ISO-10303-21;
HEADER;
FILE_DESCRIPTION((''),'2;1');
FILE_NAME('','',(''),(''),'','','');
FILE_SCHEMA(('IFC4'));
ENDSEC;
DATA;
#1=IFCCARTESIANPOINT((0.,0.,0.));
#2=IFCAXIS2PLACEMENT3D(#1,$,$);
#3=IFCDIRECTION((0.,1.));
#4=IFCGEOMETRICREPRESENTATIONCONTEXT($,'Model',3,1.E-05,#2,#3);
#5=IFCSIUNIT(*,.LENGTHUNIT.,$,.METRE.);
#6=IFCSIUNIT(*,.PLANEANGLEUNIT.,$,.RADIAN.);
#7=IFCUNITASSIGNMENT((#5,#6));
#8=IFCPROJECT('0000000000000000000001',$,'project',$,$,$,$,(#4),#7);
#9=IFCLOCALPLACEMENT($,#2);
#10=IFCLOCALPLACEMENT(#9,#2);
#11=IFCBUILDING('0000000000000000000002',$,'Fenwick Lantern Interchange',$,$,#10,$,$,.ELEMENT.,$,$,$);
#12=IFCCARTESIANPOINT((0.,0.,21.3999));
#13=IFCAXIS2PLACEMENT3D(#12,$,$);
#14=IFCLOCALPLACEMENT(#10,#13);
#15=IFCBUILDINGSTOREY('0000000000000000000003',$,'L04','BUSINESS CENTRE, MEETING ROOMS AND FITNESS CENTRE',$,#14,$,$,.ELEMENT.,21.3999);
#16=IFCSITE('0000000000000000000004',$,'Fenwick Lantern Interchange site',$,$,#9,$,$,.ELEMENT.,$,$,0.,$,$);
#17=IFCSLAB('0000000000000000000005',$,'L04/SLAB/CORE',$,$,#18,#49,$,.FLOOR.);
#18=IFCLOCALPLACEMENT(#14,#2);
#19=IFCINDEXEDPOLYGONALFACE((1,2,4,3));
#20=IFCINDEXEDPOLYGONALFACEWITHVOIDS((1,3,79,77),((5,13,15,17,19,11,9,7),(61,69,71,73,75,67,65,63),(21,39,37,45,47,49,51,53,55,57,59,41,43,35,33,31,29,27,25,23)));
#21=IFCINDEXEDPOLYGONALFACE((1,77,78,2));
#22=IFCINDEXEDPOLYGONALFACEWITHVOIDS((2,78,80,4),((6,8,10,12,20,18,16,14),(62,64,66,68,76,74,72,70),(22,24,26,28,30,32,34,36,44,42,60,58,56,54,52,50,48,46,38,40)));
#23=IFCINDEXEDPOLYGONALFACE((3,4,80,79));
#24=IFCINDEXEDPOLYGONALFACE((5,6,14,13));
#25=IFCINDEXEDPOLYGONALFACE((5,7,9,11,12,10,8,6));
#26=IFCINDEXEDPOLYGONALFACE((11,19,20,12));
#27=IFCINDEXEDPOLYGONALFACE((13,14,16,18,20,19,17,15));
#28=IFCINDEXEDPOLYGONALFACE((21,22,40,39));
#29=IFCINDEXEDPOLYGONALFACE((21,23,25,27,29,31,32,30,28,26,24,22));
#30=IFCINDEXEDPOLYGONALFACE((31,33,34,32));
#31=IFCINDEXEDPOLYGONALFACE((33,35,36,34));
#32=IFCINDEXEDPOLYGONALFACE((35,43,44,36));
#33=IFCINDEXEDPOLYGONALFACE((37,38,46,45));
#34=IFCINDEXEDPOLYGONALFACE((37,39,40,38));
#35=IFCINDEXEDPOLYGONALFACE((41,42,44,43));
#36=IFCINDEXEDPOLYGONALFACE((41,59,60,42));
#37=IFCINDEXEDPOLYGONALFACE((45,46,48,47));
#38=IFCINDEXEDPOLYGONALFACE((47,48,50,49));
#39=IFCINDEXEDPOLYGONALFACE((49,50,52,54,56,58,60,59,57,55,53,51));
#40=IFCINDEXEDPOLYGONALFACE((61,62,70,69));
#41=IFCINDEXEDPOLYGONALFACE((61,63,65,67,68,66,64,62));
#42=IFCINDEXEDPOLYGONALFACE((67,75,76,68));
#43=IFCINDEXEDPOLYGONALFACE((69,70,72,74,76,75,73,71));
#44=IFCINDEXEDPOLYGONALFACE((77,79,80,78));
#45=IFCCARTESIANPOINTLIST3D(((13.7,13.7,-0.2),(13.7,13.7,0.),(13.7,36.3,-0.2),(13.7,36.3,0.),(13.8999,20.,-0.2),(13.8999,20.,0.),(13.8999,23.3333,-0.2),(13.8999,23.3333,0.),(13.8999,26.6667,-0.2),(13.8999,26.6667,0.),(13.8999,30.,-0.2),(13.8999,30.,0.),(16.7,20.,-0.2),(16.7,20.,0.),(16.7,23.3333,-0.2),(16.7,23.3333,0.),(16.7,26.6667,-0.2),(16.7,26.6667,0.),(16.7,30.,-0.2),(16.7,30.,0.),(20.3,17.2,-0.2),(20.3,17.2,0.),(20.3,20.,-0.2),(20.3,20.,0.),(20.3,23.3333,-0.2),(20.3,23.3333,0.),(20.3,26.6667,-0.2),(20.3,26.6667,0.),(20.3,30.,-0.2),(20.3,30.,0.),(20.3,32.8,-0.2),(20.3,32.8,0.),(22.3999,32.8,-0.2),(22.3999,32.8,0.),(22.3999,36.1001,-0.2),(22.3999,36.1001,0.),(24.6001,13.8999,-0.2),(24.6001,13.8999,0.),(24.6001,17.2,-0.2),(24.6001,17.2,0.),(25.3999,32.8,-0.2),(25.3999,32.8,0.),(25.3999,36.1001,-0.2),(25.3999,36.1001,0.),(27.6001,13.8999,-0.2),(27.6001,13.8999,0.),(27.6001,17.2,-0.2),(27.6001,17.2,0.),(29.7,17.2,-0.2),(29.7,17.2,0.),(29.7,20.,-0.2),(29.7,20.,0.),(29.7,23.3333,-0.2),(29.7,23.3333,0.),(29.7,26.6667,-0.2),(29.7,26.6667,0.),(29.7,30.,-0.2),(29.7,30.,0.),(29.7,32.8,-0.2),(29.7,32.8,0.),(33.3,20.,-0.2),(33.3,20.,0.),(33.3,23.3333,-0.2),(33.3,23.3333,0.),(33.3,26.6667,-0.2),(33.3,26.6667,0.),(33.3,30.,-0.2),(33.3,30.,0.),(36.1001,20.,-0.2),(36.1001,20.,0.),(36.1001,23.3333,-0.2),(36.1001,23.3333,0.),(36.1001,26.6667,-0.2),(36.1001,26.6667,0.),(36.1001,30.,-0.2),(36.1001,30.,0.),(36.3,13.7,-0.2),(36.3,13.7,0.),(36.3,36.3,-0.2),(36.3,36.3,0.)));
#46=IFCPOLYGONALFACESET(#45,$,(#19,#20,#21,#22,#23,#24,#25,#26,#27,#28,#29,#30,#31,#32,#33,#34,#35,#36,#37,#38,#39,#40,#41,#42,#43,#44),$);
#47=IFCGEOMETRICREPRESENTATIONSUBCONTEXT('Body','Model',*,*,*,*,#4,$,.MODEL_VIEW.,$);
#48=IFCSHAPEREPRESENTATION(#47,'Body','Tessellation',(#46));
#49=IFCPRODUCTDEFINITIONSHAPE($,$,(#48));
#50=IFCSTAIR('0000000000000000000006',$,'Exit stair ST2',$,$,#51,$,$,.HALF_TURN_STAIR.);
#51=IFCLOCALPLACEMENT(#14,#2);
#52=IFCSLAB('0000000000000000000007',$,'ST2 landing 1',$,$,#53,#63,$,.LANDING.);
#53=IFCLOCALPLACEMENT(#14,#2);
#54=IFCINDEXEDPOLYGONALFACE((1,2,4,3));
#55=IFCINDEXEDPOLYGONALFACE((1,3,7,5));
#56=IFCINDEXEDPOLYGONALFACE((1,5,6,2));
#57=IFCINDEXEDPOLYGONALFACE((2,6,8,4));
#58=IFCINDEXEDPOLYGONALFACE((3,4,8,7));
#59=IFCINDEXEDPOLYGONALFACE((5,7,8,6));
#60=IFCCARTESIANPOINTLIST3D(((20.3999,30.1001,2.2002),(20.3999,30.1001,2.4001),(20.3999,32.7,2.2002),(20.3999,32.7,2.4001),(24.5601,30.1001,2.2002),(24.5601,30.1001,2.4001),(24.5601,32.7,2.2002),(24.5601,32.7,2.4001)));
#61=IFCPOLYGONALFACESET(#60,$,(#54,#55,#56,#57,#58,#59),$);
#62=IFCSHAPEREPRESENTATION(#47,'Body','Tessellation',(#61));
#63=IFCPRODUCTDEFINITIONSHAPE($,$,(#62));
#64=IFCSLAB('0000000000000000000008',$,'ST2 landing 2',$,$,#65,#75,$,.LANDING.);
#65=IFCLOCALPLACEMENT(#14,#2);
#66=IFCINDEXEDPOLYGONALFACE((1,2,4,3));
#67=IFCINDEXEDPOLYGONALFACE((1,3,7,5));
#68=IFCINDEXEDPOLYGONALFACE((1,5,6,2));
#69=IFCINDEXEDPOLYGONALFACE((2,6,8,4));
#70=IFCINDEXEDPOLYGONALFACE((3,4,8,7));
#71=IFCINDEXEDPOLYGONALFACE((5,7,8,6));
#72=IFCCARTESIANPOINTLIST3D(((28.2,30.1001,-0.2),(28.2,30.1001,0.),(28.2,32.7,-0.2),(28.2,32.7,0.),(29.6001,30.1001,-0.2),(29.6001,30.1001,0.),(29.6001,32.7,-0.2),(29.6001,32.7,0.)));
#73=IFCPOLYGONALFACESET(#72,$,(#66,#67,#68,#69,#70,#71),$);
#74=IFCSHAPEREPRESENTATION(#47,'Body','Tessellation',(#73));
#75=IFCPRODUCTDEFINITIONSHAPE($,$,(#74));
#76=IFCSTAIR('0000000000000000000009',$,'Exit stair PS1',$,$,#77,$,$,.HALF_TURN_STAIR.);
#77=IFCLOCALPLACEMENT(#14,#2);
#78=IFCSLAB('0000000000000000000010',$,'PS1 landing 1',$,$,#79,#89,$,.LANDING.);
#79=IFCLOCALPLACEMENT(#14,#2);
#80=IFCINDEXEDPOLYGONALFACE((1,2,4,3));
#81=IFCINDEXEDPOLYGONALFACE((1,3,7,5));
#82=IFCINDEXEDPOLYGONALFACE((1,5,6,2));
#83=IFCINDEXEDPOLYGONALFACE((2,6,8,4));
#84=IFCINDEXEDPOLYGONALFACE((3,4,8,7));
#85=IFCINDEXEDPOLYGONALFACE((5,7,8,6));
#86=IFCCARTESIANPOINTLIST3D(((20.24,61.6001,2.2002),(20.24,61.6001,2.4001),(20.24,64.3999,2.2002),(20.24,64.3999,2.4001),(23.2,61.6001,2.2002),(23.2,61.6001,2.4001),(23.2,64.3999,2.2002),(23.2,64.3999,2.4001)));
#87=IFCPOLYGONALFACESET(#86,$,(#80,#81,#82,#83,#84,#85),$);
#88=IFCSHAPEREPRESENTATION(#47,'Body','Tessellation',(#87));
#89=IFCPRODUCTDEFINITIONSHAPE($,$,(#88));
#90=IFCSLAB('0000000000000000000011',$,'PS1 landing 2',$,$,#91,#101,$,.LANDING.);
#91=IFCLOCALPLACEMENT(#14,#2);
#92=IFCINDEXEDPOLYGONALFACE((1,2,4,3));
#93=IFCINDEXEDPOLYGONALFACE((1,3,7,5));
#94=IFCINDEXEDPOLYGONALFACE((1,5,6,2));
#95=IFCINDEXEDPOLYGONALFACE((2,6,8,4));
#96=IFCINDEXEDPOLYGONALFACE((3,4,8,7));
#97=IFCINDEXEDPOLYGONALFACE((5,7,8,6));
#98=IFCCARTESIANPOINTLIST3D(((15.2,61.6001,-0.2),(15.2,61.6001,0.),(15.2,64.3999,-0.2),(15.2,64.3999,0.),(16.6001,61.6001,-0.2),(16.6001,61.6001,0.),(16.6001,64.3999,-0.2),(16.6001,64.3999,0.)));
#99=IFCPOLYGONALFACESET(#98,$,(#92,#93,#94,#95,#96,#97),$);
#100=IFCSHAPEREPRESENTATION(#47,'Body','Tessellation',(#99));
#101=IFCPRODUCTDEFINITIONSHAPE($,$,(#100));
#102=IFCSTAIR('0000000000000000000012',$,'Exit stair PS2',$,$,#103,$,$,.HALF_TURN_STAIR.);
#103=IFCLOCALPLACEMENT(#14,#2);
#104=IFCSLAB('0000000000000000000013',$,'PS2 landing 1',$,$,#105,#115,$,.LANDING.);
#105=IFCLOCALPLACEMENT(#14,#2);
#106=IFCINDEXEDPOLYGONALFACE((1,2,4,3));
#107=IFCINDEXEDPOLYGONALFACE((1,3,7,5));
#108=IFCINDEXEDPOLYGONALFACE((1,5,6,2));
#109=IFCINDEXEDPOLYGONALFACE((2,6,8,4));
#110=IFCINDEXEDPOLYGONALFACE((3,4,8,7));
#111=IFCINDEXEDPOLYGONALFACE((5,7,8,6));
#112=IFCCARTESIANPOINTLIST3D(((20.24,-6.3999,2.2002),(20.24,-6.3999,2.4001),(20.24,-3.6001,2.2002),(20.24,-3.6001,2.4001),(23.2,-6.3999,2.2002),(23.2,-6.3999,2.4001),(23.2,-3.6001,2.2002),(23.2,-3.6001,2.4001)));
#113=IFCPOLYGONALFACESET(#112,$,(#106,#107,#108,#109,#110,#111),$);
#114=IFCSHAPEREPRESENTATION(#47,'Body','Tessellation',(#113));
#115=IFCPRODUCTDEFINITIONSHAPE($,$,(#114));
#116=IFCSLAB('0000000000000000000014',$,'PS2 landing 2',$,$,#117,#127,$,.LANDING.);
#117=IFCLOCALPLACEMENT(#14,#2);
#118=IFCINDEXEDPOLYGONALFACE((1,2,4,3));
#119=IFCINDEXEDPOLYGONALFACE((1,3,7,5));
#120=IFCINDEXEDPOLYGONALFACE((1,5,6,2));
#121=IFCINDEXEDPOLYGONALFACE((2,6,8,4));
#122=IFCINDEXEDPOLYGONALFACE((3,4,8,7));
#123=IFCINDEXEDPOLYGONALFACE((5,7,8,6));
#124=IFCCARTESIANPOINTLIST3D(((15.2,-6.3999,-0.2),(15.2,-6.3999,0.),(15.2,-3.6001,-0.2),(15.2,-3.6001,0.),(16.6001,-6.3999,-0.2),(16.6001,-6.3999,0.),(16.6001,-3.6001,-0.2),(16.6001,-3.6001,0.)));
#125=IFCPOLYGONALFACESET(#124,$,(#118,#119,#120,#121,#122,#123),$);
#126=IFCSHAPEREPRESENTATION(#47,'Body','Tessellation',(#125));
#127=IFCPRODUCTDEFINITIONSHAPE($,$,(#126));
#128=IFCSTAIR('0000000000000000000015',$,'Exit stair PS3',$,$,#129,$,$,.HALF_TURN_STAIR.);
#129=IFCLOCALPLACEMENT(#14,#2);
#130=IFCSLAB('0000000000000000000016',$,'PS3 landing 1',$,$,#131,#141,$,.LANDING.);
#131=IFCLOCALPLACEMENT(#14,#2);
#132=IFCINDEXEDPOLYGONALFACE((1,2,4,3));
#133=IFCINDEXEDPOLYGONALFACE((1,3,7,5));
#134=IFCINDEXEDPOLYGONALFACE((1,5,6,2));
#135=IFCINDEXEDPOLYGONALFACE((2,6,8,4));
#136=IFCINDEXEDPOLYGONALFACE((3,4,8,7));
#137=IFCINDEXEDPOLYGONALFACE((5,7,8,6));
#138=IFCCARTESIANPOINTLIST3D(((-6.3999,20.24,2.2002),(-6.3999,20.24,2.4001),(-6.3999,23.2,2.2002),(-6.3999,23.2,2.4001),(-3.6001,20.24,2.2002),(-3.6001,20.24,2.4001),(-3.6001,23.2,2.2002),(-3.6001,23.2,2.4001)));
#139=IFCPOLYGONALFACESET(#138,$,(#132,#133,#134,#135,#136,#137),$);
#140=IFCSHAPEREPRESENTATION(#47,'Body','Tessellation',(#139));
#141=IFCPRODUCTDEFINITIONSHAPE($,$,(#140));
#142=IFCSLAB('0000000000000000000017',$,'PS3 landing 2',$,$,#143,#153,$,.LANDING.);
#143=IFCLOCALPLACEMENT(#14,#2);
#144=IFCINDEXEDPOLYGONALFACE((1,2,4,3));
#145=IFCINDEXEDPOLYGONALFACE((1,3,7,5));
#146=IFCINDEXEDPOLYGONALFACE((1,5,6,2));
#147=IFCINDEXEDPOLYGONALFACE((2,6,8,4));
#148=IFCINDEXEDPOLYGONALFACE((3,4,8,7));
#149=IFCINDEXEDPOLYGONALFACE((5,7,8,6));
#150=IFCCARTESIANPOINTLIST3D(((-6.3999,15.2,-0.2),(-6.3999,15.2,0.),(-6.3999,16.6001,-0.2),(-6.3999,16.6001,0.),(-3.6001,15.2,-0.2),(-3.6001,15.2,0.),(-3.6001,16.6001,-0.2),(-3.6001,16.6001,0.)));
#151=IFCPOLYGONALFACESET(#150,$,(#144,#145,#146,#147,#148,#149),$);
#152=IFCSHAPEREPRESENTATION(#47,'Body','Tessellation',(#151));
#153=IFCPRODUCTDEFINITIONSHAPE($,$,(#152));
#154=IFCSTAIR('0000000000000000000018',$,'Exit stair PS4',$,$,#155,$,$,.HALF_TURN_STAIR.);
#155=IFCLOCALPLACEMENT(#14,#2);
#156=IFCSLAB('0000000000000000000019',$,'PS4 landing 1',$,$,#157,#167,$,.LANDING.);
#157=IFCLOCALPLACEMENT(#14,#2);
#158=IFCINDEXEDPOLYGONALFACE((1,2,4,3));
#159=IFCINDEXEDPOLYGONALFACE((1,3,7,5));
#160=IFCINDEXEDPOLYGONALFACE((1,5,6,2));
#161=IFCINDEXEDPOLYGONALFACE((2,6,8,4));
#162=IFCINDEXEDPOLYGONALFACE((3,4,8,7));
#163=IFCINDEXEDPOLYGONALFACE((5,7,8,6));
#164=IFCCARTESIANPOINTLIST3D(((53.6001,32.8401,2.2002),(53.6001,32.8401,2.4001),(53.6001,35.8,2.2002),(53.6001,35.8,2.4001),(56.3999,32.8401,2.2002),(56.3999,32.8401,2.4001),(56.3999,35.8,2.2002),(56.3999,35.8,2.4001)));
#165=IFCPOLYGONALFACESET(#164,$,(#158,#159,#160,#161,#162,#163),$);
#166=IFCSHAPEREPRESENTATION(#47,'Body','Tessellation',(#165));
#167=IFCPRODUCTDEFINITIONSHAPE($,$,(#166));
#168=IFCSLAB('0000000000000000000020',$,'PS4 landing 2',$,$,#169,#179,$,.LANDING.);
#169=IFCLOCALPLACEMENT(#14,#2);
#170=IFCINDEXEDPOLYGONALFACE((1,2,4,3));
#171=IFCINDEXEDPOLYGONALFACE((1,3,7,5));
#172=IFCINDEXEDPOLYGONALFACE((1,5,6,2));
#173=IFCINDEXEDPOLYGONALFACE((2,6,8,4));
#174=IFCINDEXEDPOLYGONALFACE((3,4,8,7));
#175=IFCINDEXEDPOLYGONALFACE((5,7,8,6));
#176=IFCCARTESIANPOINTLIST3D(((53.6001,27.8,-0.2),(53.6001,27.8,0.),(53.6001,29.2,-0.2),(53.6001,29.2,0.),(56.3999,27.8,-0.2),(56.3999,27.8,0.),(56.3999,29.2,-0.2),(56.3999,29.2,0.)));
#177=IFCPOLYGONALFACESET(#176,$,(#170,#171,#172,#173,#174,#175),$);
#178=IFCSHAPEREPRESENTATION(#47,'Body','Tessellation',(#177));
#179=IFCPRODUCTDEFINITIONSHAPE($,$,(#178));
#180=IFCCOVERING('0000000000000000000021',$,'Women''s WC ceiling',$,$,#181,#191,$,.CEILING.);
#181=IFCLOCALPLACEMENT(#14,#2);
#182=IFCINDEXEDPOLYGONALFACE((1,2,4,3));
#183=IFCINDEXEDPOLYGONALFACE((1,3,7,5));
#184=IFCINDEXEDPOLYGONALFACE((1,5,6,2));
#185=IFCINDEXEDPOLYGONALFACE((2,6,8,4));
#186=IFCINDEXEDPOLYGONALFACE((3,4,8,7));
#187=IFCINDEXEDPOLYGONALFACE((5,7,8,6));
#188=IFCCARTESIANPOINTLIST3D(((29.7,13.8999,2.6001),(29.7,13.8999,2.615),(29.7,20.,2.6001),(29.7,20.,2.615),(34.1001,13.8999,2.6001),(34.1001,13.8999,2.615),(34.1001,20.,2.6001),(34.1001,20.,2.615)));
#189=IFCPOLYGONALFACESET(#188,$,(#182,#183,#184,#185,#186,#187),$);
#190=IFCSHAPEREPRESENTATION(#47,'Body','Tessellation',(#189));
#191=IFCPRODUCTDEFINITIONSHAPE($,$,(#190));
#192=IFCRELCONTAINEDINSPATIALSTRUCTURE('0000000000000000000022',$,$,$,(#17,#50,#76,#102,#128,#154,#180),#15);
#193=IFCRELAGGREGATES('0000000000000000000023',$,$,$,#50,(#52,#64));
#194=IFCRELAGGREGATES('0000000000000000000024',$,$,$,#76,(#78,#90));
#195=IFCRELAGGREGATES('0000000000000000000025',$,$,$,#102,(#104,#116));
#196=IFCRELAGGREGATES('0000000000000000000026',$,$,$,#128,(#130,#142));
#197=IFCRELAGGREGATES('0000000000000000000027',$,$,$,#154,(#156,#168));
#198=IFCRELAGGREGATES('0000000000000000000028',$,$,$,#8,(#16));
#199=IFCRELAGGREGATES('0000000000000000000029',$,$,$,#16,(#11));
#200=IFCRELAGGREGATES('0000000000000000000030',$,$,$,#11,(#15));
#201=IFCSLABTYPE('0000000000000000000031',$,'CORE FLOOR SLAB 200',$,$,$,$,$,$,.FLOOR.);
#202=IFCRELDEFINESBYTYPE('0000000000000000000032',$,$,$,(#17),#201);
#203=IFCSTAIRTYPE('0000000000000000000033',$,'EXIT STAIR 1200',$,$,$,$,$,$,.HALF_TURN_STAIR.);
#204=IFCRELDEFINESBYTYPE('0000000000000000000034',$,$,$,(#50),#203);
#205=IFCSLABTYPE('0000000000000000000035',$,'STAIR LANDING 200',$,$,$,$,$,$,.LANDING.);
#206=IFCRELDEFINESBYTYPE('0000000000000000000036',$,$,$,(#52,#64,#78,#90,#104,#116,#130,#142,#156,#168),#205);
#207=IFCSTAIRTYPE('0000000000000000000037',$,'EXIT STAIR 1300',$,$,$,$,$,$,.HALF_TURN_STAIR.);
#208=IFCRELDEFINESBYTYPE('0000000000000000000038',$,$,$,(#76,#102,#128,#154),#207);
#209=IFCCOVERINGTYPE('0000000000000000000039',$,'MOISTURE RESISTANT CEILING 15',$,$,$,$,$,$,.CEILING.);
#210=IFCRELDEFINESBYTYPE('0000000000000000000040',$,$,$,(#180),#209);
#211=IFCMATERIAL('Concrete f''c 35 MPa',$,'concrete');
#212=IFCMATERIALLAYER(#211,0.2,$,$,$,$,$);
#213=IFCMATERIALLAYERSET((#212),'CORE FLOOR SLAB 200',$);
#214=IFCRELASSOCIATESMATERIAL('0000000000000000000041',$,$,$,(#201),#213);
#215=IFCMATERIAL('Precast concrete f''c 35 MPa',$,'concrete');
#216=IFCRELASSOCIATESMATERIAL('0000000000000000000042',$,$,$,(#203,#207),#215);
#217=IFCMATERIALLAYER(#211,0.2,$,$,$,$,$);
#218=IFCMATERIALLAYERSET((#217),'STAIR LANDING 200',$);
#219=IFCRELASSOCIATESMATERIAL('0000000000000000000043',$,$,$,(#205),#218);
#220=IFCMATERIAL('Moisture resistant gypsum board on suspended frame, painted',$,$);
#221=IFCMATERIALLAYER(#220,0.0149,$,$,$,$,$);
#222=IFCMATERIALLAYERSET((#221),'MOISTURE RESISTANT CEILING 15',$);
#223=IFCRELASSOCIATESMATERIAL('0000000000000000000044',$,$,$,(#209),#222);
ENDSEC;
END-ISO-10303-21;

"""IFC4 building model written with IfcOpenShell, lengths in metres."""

from ifc_helpers import new_model, si_unit, direction, frame, origin, place, context, subcontext, project, spatial, polyline, outline, extrude, material, layer, layer_set, type_object, element, aggregate, save


model = new_model("IFC4")

# Units and contexts
model_context = context("Model", 3, precision=1e-05, world=origin(), true_north=direction((0.0, 1.0)))
body_context = subcontext(model_context, "Body", "Model", "MODEL_VIEW")
ifc_project = project(units=[si_unit("LENGTHUNIT", "METRE"), si_unit("PLANEANGLEUNIT", "RADIAN")], contexts=[model_context])

# Site, building, storey
site_placement = place(None, origin())
site = spatial("IfcSite", under=ifc_project, at=site_placement, Name="Fenwick Lantern Interchange site", CompositionType="ELEMENT", RefElevation=0.0)
building_placement = place(site_placement, origin())
building = spatial("IfcBuilding", under=site, at=building_placement, Name="Fenwick Lantern Interchange", CompositionType="ELEMENT")
storey_placement = place(building_placement, frame((0.0, 0.0, 21.3999)))
storey = spatial("IfcBuildingStorey", under=building, at=storey_placement, Name="L04", Description="BUSINESS CENTRE, MEETING ROOMS AND FITNESS CENTRE", CompositionType="ELEMENT", Elevation=21.3999)

# Slab
ifc_material_1 = material(Name="Concrete f'c 35 MPa", Category="concrete")
ifc_layer_1 = layer(ifc_material_1, 0.2)
ifc_layer_set_1 = layer_set([ifc_layer_1], Name="CORE FLOOR SLAB 200")
slab_type_1 = type_object("IfcSlabType", Name="CORE FLOOR SLAB 200", PredefinedType="FLOOR", material=ifc_layer_set_1)
slab_1_placement = place(storey_placement, frame((0.0, 0.0, -0.2)))
element("IfcSlab", 1, at=slab_1_placement, inside=storey, type_object=slab_type_1, Name="L04/SLAB/CORE", PredefinedType="FLOOR", context=body_context, shape_type="SweptSolid", body=[
    extrude(outline(polyline([(13.7, 36.3), (36.3, 36.3), (36.3, 13.7), (13.7, 13.7), (13.7, 36.3)]), holes=[polyline([(13.8999, 20.0), (16.7, 20.0), (16.7, 23.3333), (16.7, 26.6667), (16.7, 30.0), (13.8999, 30.0), (13.8999, 26.6667), (13.8999, 23.3333), (13.8999, 20.0)]), polyline([(20.3, 20.0), (20.3, 17.2), (24.6001, 17.2), (24.6001, 13.8999), (27.6001, 13.8999), (27.6001, 17.2), (29.7, 17.2), (29.7, 20.0), (29.7, 23.3333), (29.7, 26.6667), (29.7, 30.0), (29.7, 32.8), (25.3999, 32.8), (25.3999, 36.1001), (22.3999, 36.1001), (22.3999, 32.8), (20.3, 32.8), (20.3, 30.0), (20.3, 26.6667), (20.3, 23.3333), (20.3, 20.0)]), polyline([(33.3, 23.3333), (33.3, 20.0), (36.1001, 20.0), (36.1001, 23.3333), (36.1001, 26.6667), (36.1001, 30.0), (33.3, 30.0), (33.3, 26.6667), (33.3, 23.3333)])]), origin(), (0.0, 0.0, 1.0), 0.2),
])

# Stairs, slabs
ifc_material_2 = material(Name="Precast concrete f'c 35 MPa", Category="concrete")
stair_type_1 = type_object("IfcStairType", Name="EXIT STAIR 1200", PredefinedType="HALF_TURN_STAIR", material=ifc_material_2)
stair_1_placement = place(storey_placement, origin())
stair_1 = element("IfcStair", 2, at=stair_1_placement, inside=storey, type_object=stair_type_1, Name="Exit stair ST2", PredefinedType="HALF_TURN_STAIR")
ifc_layer_2 = layer(ifc_material_1, 0.2)
ifc_layer_set_2 = layer_set([ifc_layer_2], Name="STAIR LANDING 200")
slab_type_2 = type_object("IfcSlabType", Name="STAIR LANDING 200", PredefinedType="LANDING", material=ifc_layer_set_2)
slab_2_placement = place(storey_placement, frame((0.0, 0.0, 2.2002)))
slab_2 = element("IfcSlab", 3, at=slab_2_placement, type_object=slab_type_2, Name="ST2 landing 1", PredefinedType="LANDING", context=body_context, shape_type="SweptSolid", body=[
    extrude(outline(polyline([(24.5601, 32.7), (20.3999, 32.7), (20.3999, 30.1001), (24.5601, 30.1001), (24.5601, 32.7)])), origin(), (0.0, 0.0, 1.0), 0.2),
])
slab_3_placement = place(storey_placement, frame((0.0, 0.0, -0.2)))
slab_3 = element("IfcSlab", 4, at=slab_3_placement, type_object=slab_type_2, Name="ST2 landing 2", PredefinedType="LANDING", context=body_context, shape_type="SweptSolid", body=[
    extrude(outline(polyline([(29.6001, 32.7), (28.2, 32.7), (28.2, 30.1001), (29.6001, 30.1001), (29.6001, 32.7)])), origin(), (0.0, 0.0, 1.0), 0.2),
])
aggregate(stair_1, [slab_2, slab_3])
stair_type_2 = type_object("IfcStairType", Name="EXIT STAIR 1300", PredefinedType="HALF_TURN_STAIR", material=ifc_material_2)
stair_2_placement = place(storey_placement, origin())
stair_2 = element("IfcStair", 5, at=stair_2_placement, inside=storey, type_object=stair_type_2, Name="Exit stair PS1", PredefinedType="HALF_TURN_STAIR")
slab_4_placement = place(storey_placement, frame((0.0, 0.0, 2.2002)))
slab_4 = element("IfcSlab", 6, at=slab_4_placement, type_object=slab_type_2, Name="PS1 landing 1", PredefinedType="LANDING", context=body_context, shape_type="SweptSolid", body=[
    extrude(outline(polyline([(20.24, 61.6001), (23.2, 61.6001), (23.2, 64.3999), (20.24, 64.3999), (20.24, 61.6001)])), origin(), (0.0, 0.0, 1.0), 0.2),
])
slab_5_placement = place(storey_placement, frame((0.0, 0.0, -0.2)))
slab_5 = element("IfcSlab", 7, at=slab_5_placement, type_object=slab_type_2, Name="PS1 landing 2", PredefinedType="LANDING", context=body_context, shape_type="SweptSolid", body=[
    extrude(outline(polyline([(15.2, 61.6001), (16.6001, 61.6001), (16.6001, 64.3999), (15.2, 64.3999), (15.2, 61.6001)])), origin(), (0.0, 0.0, 1.0), 0.2),
])
aggregate(stair_2, [slab_4, slab_5])
stair_3_placement = place(storey_placement, origin())
stair_3 = element("IfcStair", 8, at=stair_3_placement, inside=storey, type_object=stair_type_2, Name="Exit stair PS2", PredefinedType="HALF_TURN_STAIR")
slab_6_placement = place(storey_placement, frame((0.0, 0.0, 2.2002)))
slab_6 = element("IfcSlab", 9, at=slab_6_placement, type_object=slab_type_2, Name="PS2 landing 1", PredefinedType="LANDING", context=body_context, shape_type="SweptSolid", body=[
    extrude(outline(polyline([(20.24, -6.3999), (23.2, -6.3999), (23.2, -3.6001), (20.24, -3.6001), (20.24, -6.3999)])), origin(), (0.0, 0.0, 1.0), 0.2),
])
slab_7_placement = place(storey_placement, frame((0.0, 0.0, -0.2)))
slab_7 = element("IfcSlab", 10, at=slab_7_placement, type_object=slab_type_2, Name="PS2 landing 2", PredefinedType="LANDING", context=body_context, shape_type="SweptSolid", body=[
    extrude(outline(polyline([(15.2, -6.3999), (16.6001, -6.3999), (16.6001, -3.6001), (15.2, -3.6001), (15.2, -6.3999)])), origin(), (0.0, 0.0, 1.0), 0.2),
])
aggregate(stair_3, [slab_6, slab_7])
stair_4_placement = place(storey_placement, origin())
stair_4 = element("IfcStair", 11, at=stair_4_placement, inside=storey, type_object=stair_type_2, Name="Exit stair PS3", PredefinedType="HALF_TURN_STAIR")
slab_8_placement = place(storey_placement, frame((0.0, 0.0, 2.2002)))
slab_8 = element("IfcSlab", 12, at=slab_8_placement, type_object=slab_type_2, Name="PS3 landing 1", PredefinedType="LANDING", context=body_context, shape_type="SweptSolid", body=[
    extrude(outline(polyline([(-6.3999, 20.24), (-3.6001, 20.24), (-3.6001, 23.2), (-6.3999, 23.2), (-6.3999, 20.24)])), origin(), (0.0, 0.0, 1.0), 0.2),
])
slab_9_placement = place(storey_placement, frame((0.0, 0.0, -0.2)))
slab_9 = element("IfcSlab", 13, at=slab_9_placement, type_object=slab_type_2, Name="PS3 landing 2", PredefinedType="LANDING", context=body_context, shape_type="SweptSolid", body=[
    extrude(outline(polyline([(-6.3999, 15.2), (-3.6001, 15.2), (-3.6001, 16.6001), (-6.3999, 16.6001), (-6.3999, 15.2)])), origin(), (0.0, 0.0, 1.0), 0.2),
])
aggregate(stair_4, [slab_8, slab_9])
stair_5_placement = place(storey_placement, origin())
stair_5 = element("IfcStair", 14, at=stair_5_placement, inside=storey, type_object=stair_type_2, Name="Exit stair PS4", PredefinedType="HALF_TURN_STAIR")
slab_10_placement = place(storey_placement, frame((0.0, 0.0, 2.2002)))
slab_10 = element("IfcSlab", 15, at=slab_10_placement, type_object=slab_type_2, Name="PS4 landing 1", PredefinedType="LANDING", context=body_context, shape_type="SweptSolid", body=[
    extrude(outline(polyline([(53.6001, 32.8401), (56.3999, 32.8401), (56.3999, 35.8), (53.6001, 35.8), (53.6001, 32.8401)])), origin(), (0.0, 0.0, 1.0), 0.2),
])
slab_11_placement = place(storey_placement, frame((0.0, 0.0, -0.2)))
slab_11 = element("IfcSlab", 16, at=slab_11_placement, type_object=slab_type_2, Name="PS4 landing 2", PredefinedType="LANDING", context=body_context, shape_type="SweptSolid", body=[
    extrude(outline(polyline([(53.6001, 27.8), (56.3999, 27.8), (56.3999, 29.2), (53.6001, 29.2), (53.6001, 27.8)])), origin(), (0.0, 0.0, 1.0), 0.2),
])
aggregate(stair_5, [slab_10, slab_11])

# Covering
ifc_material_3 = material(Name="Moisture resistant gypsum board on suspended frame, painted")
ifc_layer_3 = layer(ifc_material_3, 0.0149)
ifc_layer_set_3 = layer_set([ifc_layer_3], Name="MOISTURE RESISTANT CEILING 15")
covering_type_1 = type_object("IfcCoveringType", Name="MOISTURE RESISTANT CEILING 15", PredefinedType="CEILING", material=ifc_layer_set_3)
covering_1_placement = place(storey_placement, frame((0.0, 0.0, 2.6001)))
element("IfcCovering", 17, at=covering_1_placement, inside=storey, type_object=covering_type_1, Name="Women's WC ceiling", PredefinedType="CEILING", context=body_context, shape_type="SweptSolid", body=[
    extrude(outline(polyline([(29.7, 13.8999), (34.1001, 13.8999), (34.1001, 20.0), (29.7, 20.0), (29.7, 13.8999)])), origin(), (0.0, 0.0, 1.0), 0.0149),
])

save(model, "model.ifc")
